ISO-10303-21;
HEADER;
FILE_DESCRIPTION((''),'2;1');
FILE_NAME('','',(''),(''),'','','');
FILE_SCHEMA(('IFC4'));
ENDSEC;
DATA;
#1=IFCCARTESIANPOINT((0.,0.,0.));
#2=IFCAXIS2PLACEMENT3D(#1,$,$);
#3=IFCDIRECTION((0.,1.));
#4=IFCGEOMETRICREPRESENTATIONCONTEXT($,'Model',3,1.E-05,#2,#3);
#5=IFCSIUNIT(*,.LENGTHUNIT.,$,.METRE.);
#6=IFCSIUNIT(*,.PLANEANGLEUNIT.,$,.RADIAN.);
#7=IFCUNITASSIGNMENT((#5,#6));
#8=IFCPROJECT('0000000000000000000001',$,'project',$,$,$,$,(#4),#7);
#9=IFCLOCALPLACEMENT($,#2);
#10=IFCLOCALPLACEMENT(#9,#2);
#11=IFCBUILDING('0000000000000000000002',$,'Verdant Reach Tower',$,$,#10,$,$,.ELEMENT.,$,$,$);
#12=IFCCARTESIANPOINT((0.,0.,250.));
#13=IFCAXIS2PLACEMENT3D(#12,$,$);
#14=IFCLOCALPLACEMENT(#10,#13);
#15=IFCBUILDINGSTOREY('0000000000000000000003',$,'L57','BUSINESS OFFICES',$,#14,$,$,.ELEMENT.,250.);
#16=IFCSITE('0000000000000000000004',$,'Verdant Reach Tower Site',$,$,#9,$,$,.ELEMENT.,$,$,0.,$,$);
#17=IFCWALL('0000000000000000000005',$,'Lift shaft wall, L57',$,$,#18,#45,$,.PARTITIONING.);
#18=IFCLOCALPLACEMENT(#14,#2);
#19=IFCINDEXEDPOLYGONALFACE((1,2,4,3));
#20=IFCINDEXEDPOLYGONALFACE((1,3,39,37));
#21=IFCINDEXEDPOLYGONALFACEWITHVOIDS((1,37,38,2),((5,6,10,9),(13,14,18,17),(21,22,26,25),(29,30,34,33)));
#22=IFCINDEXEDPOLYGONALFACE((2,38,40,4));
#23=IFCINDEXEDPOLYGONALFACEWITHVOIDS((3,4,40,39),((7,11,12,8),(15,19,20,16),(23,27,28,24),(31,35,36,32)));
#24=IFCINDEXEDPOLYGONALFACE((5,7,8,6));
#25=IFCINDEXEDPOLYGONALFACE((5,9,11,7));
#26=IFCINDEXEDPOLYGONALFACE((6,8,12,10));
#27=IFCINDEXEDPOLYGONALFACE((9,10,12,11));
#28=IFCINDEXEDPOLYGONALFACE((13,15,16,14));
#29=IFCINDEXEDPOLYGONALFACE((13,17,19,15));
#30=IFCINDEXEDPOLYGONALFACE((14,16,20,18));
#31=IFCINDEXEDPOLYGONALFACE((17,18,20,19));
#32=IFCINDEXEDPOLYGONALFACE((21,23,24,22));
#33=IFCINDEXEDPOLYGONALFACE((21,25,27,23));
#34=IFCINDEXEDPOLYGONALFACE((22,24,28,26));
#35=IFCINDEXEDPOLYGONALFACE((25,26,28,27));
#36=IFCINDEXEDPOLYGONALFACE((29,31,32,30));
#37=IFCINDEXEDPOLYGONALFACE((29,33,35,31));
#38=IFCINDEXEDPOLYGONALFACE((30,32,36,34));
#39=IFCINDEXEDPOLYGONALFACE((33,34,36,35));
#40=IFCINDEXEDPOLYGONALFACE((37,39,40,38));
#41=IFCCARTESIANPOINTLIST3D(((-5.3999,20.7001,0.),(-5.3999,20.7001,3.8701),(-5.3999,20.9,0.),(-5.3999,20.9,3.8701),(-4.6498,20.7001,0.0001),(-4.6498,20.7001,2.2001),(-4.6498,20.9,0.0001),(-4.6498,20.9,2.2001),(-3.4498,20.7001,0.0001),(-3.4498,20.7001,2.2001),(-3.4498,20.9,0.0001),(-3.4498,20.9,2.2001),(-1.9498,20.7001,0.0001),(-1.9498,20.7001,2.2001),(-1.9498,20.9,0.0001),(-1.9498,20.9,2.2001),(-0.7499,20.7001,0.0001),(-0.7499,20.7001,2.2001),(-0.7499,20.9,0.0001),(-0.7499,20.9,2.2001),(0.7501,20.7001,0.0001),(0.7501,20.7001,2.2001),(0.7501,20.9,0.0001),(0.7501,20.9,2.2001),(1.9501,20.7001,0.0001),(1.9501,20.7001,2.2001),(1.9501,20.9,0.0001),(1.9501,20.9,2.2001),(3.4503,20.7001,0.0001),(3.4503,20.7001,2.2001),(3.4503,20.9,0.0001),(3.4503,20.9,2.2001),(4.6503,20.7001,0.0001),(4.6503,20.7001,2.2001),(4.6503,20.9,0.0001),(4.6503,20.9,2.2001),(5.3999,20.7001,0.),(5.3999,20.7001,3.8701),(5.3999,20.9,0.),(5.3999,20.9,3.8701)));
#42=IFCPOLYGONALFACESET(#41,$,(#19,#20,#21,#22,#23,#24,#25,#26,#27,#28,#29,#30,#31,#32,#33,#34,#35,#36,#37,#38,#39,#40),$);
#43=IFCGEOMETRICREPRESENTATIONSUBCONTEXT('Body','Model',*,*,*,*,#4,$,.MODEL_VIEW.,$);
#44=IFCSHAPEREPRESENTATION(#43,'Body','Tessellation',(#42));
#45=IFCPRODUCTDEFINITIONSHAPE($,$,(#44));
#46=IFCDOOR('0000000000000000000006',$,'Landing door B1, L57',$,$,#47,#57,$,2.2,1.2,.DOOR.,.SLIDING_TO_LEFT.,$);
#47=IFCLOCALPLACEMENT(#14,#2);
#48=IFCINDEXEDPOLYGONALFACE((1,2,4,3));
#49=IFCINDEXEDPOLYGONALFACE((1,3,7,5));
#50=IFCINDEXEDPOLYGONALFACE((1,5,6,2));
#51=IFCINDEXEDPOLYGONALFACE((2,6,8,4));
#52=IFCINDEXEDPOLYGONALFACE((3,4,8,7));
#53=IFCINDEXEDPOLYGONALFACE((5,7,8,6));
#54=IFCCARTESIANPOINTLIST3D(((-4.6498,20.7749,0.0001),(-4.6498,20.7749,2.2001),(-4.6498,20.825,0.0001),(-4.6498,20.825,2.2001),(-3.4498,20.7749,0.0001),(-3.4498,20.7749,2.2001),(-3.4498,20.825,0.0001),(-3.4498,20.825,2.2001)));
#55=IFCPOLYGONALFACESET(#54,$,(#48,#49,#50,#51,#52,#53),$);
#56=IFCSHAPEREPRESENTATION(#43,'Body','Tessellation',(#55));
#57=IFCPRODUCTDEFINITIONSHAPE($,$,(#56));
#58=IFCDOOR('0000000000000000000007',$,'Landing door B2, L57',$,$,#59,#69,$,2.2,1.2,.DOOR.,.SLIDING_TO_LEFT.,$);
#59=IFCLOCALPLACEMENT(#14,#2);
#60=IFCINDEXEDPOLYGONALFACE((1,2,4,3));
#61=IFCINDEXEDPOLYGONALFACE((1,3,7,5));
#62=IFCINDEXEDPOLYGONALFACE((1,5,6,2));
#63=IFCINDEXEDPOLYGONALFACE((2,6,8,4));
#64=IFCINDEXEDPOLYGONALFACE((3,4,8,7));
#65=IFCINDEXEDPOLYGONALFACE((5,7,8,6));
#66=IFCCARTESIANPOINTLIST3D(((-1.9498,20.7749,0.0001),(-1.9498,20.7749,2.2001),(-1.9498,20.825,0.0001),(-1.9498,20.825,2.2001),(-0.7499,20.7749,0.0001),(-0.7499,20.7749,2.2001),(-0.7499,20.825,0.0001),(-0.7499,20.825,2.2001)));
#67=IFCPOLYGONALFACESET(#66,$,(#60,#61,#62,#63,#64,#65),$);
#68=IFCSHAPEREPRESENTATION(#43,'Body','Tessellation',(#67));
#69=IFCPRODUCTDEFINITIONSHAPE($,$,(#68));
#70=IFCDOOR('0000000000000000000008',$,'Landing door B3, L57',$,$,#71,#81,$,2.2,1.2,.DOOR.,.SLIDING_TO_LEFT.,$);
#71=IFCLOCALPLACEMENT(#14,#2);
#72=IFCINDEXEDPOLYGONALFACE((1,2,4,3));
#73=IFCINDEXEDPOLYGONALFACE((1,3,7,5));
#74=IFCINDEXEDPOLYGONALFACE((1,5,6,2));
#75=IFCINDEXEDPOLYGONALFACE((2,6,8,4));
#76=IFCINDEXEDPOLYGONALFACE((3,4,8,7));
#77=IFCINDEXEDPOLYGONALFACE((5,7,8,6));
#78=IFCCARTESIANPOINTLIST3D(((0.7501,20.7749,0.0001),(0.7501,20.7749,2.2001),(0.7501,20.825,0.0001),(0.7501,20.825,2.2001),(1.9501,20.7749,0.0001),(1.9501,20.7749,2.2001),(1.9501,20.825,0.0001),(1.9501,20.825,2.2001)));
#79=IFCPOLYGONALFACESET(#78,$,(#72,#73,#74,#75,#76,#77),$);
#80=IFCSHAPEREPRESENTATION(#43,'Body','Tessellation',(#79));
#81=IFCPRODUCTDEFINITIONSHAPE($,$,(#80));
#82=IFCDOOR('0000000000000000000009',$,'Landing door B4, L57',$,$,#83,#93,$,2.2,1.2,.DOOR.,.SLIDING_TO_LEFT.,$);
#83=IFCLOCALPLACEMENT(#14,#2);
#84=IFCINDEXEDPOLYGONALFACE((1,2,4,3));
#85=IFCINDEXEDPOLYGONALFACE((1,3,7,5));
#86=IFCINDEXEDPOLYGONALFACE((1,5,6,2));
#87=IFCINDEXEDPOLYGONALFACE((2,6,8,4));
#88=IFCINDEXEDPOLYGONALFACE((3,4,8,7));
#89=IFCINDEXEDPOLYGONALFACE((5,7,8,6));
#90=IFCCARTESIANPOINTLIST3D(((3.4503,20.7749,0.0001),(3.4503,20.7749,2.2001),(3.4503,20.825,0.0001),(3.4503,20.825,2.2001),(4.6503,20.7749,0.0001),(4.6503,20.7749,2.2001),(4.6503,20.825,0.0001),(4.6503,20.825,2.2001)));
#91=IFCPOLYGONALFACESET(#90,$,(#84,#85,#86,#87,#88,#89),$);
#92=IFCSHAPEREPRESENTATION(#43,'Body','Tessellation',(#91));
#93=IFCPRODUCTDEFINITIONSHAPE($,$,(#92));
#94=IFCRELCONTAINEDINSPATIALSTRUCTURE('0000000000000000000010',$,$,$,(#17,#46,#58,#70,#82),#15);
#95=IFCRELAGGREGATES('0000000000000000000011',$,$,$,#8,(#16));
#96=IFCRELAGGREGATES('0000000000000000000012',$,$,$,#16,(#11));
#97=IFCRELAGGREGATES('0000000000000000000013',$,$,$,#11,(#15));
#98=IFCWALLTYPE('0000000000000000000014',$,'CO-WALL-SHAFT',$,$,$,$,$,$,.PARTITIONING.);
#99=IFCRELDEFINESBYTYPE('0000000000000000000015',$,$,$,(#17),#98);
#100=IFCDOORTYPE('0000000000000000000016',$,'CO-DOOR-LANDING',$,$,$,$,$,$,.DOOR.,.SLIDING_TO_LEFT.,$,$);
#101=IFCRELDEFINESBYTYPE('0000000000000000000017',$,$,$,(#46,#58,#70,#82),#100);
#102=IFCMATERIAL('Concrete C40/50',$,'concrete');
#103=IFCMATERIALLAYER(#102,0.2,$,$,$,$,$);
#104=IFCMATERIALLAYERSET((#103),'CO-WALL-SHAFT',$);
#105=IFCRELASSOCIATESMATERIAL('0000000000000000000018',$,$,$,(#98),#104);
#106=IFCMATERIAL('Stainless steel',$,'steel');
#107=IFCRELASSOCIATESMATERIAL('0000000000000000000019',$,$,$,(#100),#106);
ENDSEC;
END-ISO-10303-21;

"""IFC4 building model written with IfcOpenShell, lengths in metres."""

from ifc_helpers import new_model, si_unit, direction, frame, frame_2d, origin, place, context, subcontext, project, spatial, rectangle, extrude, material, layer, layer_set, type_object, element, fill, save


model = new_model("IFC4")

# Units and contexts
model_context = context("Model", 3, precision=1e-05, world=origin(), true_north=direction((0.0, 1.0)))
body_context = subcontext(model_context, "Body", "Model", "MODEL_VIEW")
ifc_project = project(units=[si_unit("LENGTHUNIT", "METRE"), si_unit("PLANEANGLEUNIT", "RADIAN")], contexts=[model_context])

# Site, building, storey
site_placement = place(None, origin())
site = spatial("IfcSite", under=ifc_project, at=site_placement, Name="Verdant Reach Tower Site", CompositionType="ELEMENT", RefElevation=0.0)
building_placement = place(site_placement, origin())
building = spatial("IfcBuilding", under=site, at=building_placement, Name="Verdant Reach Tower", CompositionType="ELEMENT")
storey_placement = place(building_placement, frame((0.0, 0.0, 250.0)))
storey = spatial("IfcBuildingStorey", under=building, at=storey_placement, Name="L57", Description="BUSINESS OFFICES", CompositionType="ELEMENT", Elevation=250.0)

# Wall, openings, doors
ifc_material_1 = material(Name="Concrete C40/50", Category="concrete")
ifc_layer_1 = layer(ifc_material_1, 0.2)
ifc_layer_set_1 = layer_set([ifc_layer_1], Name="CO-WALL-SHAFT")
wall_type_1 = type_object("IfcWallType", Name="CO-WALL-SHAFT", PredefinedType="PARTITIONING", material=ifc_layer_set_1)
wall_1_placement = place(storey_placement, frame((-5.3999, 20.8, 0.0), z_axis=(0.0, 0.0, 1.0), x_axis=(1.0, 0.0, 0.0)))
wall_1 = element("IfcWall", 1, at=wall_1_placement, inside=storey, type_object=wall_type_1, Name="Lift shaft wall, L57", PredefinedType="PARTITIONING", context=body_context, shape_type="SweptSolid", body=[
    extrude(rectangle(XDim=10.7998, YDim=0.2, at=frame_2d((5.3999, 0.0))), origin(), (0.0, 0.0, 1.0), 3.8701),
])
opening_1_placement = place(wall_1_placement, frame((0.75, 0.0, 0.0)))
opening_1 = element("IfcOpeningElement", 2, at=opening_1_placement, cuts=wall_1, PredefinedType="OPENING", context=body_context, shape_type="SweptSolid", body=[
    extrude(rectangle(XDim=1.2, YDim=2.2, at=frame_2d((0.6001, 1.1001))), frame((0.0, 0.1099, 0.0), z_axis=(0.0, -1.0, 0.0), x_axis=(1.0, 0.0, 0.0)), (0.0, 0.0, 1.0), 0.22),
])
opening_2_placement = place(wall_1_placement, frame((3.45, 0.0, 0.0)))
opening_2 = element("IfcOpeningElement", 3, at=opening_2_placement, cuts=wall_1, PredefinedType="OPENING", context=body_context, shape_type="SweptSolid", body=[
    extrude(rectangle(XDim=1.2, YDim=2.2, at=frame_2d((0.6001, 1.1001))), frame((0.0, 0.1099, 0.0), z_axis=(0.0, -1.0, 0.0), x_axis=(1.0, 0.0, 0.0)), (0.0, 0.0, 1.0), 0.22),
])
opening_3_placement = place(wall_1_placement, frame((6.1499, 0.0, 0.0)))
opening_3 = element("IfcOpeningElement", 4, at=opening_3_placement, cuts=wall_1, PredefinedType="OPENING", context=body_context, shape_type="SweptSolid", body=[
    extrude(rectangle(XDim=1.2, YDim=2.2, at=frame_2d((0.6001, 1.1001))), frame((0.0, 0.1099, 0.0), z_axis=(0.0, -1.0, 0.0), x_axis=(1.0, 0.0, 0.0)), (0.0, 0.0, 1.0), 0.22),
])
opening_4_placement = place(wall_1_placement, frame((8.8501, 0.0, 0.0)))
opening_4 = element("IfcOpeningElement", 5, at=opening_4_placement, cuts=wall_1, PredefinedType="OPENING", context=body_context, shape_type="SweptSolid", body=[
    extrude(rectangle(XDim=1.2, YDim=2.2, at=frame_2d((0.6001, 1.1001))), frame((0.0, 0.1099, 0.0), z_axis=(0.0, -1.0, 0.0), x_axis=(1.0, 0.0, 0.0)), (0.0, 0.0, 1.0), 0.22),
])
ifc_material_2 = material(Name="Stainless steel", Category="steel")
door_type_1 = type_object("IfcDoorType", Name="CO-DOOR-LANDING", OperationType="SLIDING_TO_LEFT", PredefinedType="DOOR", material=ifc_material_2)
door_1_placement = place(opening_1_placement, origin())
door_1 = element("IfcDoor", 6, at=door_1_placement, inside=storey, type_object=door_type_1, Name="Landing door B1, L57", OperationType="SLIDING_TO_LEFT", OverallHeight=2.2, OverallWidth=1.2, PredefinedType="DOOR", context=body_context, shape_type="SweptSolid", body=[
    extrude(rectangle(XDim=1.2, YDim=2.2, at=frame_2d((0.6001, 1.1001))), frame((0.0, 0.0249, 0.0), z_axis=(0.0, -1.0, 0.0), x_axis=(1.0, 0.0, 0.0)), (0.0, 0.0, 1.0), 0.05),
])
fill(opening_1, door_1)
door_2_placement = place(opening_2_placement, origin())
door_2 = element("IfcDoor", 7, at=door_2_placement, inside=storey, type_object=door_type_1, Name="Landing door B2, L57", OperationType="SLIDING_TO_LEFT", OverallHeight=2.2, OverallWidth=1.2, PredefinedType="DOOR", context=body_context, shape_type="SweptSolid", body=[
    extrude(rectangle(XDim=1.2, YDim=2.2, at=frame_2d((0.6001, 1.1001))), frame((0.0, 0.0249, 0.0), z_axis=(0.0, -1.0, 0.0), x_axis=(1.0, 0.0, 0.0)), (0.0, 0.0, 1.0), 0.05),
])
fill(opening_2, door_2)
door_3_placement = place(opening_3_placement, origin())
door_3 = element("IfcDoor", 8, at=door_3_placement, inside=storey, type_object=door_type_1, Name="Landing door B3, L57", OperationType="SLIDING_TO_LEFT", OverallHeight=2.2, OverallWidth=1.2, PredefinedType="DOOR", context=body_context, shape_type="SweptSolid", body=[
    extrude(rectangle(XDim=1.2, YDim=2.2, at=frame_2d((0.6001, 1.1001))), frame((0.0, 0.0249, 0.0), z_axis=(0.0, -1.0, 0.0), x_axis=(1.0, 0.0, 0.0)), (0.0, 0.0, 1.0), 0.05),
])
fill(opening_3, door_3)
door_4_placement = place(opening_4_placement, origin())
door_4 = element("IfcDoor", 9, at=door_4_placement, inside=storey, type_object=door_type_1, Name="Landing door B4, L57", OperationType="SLIDING_TO_LEFT", OverallHeight=2.2, OverallWidth=1.2, PredefinedType="DOOR", context=body_context, shape_type="SweptSolid", body=[
    extrude(rectangle(XDim=1.2, YDim=2.2, at=frame_2d((0.6001, 1.1001))), frame((0.0, 0.0249, 0.0), z_axis=(0.0, -1.0, 0.0), x_axis=(1.0, 0.0, 0.0)), (0.0, 0.0, 1.0), 0.05),
])
fill(opening_4, door_4)

save(model, "model.ifc")
